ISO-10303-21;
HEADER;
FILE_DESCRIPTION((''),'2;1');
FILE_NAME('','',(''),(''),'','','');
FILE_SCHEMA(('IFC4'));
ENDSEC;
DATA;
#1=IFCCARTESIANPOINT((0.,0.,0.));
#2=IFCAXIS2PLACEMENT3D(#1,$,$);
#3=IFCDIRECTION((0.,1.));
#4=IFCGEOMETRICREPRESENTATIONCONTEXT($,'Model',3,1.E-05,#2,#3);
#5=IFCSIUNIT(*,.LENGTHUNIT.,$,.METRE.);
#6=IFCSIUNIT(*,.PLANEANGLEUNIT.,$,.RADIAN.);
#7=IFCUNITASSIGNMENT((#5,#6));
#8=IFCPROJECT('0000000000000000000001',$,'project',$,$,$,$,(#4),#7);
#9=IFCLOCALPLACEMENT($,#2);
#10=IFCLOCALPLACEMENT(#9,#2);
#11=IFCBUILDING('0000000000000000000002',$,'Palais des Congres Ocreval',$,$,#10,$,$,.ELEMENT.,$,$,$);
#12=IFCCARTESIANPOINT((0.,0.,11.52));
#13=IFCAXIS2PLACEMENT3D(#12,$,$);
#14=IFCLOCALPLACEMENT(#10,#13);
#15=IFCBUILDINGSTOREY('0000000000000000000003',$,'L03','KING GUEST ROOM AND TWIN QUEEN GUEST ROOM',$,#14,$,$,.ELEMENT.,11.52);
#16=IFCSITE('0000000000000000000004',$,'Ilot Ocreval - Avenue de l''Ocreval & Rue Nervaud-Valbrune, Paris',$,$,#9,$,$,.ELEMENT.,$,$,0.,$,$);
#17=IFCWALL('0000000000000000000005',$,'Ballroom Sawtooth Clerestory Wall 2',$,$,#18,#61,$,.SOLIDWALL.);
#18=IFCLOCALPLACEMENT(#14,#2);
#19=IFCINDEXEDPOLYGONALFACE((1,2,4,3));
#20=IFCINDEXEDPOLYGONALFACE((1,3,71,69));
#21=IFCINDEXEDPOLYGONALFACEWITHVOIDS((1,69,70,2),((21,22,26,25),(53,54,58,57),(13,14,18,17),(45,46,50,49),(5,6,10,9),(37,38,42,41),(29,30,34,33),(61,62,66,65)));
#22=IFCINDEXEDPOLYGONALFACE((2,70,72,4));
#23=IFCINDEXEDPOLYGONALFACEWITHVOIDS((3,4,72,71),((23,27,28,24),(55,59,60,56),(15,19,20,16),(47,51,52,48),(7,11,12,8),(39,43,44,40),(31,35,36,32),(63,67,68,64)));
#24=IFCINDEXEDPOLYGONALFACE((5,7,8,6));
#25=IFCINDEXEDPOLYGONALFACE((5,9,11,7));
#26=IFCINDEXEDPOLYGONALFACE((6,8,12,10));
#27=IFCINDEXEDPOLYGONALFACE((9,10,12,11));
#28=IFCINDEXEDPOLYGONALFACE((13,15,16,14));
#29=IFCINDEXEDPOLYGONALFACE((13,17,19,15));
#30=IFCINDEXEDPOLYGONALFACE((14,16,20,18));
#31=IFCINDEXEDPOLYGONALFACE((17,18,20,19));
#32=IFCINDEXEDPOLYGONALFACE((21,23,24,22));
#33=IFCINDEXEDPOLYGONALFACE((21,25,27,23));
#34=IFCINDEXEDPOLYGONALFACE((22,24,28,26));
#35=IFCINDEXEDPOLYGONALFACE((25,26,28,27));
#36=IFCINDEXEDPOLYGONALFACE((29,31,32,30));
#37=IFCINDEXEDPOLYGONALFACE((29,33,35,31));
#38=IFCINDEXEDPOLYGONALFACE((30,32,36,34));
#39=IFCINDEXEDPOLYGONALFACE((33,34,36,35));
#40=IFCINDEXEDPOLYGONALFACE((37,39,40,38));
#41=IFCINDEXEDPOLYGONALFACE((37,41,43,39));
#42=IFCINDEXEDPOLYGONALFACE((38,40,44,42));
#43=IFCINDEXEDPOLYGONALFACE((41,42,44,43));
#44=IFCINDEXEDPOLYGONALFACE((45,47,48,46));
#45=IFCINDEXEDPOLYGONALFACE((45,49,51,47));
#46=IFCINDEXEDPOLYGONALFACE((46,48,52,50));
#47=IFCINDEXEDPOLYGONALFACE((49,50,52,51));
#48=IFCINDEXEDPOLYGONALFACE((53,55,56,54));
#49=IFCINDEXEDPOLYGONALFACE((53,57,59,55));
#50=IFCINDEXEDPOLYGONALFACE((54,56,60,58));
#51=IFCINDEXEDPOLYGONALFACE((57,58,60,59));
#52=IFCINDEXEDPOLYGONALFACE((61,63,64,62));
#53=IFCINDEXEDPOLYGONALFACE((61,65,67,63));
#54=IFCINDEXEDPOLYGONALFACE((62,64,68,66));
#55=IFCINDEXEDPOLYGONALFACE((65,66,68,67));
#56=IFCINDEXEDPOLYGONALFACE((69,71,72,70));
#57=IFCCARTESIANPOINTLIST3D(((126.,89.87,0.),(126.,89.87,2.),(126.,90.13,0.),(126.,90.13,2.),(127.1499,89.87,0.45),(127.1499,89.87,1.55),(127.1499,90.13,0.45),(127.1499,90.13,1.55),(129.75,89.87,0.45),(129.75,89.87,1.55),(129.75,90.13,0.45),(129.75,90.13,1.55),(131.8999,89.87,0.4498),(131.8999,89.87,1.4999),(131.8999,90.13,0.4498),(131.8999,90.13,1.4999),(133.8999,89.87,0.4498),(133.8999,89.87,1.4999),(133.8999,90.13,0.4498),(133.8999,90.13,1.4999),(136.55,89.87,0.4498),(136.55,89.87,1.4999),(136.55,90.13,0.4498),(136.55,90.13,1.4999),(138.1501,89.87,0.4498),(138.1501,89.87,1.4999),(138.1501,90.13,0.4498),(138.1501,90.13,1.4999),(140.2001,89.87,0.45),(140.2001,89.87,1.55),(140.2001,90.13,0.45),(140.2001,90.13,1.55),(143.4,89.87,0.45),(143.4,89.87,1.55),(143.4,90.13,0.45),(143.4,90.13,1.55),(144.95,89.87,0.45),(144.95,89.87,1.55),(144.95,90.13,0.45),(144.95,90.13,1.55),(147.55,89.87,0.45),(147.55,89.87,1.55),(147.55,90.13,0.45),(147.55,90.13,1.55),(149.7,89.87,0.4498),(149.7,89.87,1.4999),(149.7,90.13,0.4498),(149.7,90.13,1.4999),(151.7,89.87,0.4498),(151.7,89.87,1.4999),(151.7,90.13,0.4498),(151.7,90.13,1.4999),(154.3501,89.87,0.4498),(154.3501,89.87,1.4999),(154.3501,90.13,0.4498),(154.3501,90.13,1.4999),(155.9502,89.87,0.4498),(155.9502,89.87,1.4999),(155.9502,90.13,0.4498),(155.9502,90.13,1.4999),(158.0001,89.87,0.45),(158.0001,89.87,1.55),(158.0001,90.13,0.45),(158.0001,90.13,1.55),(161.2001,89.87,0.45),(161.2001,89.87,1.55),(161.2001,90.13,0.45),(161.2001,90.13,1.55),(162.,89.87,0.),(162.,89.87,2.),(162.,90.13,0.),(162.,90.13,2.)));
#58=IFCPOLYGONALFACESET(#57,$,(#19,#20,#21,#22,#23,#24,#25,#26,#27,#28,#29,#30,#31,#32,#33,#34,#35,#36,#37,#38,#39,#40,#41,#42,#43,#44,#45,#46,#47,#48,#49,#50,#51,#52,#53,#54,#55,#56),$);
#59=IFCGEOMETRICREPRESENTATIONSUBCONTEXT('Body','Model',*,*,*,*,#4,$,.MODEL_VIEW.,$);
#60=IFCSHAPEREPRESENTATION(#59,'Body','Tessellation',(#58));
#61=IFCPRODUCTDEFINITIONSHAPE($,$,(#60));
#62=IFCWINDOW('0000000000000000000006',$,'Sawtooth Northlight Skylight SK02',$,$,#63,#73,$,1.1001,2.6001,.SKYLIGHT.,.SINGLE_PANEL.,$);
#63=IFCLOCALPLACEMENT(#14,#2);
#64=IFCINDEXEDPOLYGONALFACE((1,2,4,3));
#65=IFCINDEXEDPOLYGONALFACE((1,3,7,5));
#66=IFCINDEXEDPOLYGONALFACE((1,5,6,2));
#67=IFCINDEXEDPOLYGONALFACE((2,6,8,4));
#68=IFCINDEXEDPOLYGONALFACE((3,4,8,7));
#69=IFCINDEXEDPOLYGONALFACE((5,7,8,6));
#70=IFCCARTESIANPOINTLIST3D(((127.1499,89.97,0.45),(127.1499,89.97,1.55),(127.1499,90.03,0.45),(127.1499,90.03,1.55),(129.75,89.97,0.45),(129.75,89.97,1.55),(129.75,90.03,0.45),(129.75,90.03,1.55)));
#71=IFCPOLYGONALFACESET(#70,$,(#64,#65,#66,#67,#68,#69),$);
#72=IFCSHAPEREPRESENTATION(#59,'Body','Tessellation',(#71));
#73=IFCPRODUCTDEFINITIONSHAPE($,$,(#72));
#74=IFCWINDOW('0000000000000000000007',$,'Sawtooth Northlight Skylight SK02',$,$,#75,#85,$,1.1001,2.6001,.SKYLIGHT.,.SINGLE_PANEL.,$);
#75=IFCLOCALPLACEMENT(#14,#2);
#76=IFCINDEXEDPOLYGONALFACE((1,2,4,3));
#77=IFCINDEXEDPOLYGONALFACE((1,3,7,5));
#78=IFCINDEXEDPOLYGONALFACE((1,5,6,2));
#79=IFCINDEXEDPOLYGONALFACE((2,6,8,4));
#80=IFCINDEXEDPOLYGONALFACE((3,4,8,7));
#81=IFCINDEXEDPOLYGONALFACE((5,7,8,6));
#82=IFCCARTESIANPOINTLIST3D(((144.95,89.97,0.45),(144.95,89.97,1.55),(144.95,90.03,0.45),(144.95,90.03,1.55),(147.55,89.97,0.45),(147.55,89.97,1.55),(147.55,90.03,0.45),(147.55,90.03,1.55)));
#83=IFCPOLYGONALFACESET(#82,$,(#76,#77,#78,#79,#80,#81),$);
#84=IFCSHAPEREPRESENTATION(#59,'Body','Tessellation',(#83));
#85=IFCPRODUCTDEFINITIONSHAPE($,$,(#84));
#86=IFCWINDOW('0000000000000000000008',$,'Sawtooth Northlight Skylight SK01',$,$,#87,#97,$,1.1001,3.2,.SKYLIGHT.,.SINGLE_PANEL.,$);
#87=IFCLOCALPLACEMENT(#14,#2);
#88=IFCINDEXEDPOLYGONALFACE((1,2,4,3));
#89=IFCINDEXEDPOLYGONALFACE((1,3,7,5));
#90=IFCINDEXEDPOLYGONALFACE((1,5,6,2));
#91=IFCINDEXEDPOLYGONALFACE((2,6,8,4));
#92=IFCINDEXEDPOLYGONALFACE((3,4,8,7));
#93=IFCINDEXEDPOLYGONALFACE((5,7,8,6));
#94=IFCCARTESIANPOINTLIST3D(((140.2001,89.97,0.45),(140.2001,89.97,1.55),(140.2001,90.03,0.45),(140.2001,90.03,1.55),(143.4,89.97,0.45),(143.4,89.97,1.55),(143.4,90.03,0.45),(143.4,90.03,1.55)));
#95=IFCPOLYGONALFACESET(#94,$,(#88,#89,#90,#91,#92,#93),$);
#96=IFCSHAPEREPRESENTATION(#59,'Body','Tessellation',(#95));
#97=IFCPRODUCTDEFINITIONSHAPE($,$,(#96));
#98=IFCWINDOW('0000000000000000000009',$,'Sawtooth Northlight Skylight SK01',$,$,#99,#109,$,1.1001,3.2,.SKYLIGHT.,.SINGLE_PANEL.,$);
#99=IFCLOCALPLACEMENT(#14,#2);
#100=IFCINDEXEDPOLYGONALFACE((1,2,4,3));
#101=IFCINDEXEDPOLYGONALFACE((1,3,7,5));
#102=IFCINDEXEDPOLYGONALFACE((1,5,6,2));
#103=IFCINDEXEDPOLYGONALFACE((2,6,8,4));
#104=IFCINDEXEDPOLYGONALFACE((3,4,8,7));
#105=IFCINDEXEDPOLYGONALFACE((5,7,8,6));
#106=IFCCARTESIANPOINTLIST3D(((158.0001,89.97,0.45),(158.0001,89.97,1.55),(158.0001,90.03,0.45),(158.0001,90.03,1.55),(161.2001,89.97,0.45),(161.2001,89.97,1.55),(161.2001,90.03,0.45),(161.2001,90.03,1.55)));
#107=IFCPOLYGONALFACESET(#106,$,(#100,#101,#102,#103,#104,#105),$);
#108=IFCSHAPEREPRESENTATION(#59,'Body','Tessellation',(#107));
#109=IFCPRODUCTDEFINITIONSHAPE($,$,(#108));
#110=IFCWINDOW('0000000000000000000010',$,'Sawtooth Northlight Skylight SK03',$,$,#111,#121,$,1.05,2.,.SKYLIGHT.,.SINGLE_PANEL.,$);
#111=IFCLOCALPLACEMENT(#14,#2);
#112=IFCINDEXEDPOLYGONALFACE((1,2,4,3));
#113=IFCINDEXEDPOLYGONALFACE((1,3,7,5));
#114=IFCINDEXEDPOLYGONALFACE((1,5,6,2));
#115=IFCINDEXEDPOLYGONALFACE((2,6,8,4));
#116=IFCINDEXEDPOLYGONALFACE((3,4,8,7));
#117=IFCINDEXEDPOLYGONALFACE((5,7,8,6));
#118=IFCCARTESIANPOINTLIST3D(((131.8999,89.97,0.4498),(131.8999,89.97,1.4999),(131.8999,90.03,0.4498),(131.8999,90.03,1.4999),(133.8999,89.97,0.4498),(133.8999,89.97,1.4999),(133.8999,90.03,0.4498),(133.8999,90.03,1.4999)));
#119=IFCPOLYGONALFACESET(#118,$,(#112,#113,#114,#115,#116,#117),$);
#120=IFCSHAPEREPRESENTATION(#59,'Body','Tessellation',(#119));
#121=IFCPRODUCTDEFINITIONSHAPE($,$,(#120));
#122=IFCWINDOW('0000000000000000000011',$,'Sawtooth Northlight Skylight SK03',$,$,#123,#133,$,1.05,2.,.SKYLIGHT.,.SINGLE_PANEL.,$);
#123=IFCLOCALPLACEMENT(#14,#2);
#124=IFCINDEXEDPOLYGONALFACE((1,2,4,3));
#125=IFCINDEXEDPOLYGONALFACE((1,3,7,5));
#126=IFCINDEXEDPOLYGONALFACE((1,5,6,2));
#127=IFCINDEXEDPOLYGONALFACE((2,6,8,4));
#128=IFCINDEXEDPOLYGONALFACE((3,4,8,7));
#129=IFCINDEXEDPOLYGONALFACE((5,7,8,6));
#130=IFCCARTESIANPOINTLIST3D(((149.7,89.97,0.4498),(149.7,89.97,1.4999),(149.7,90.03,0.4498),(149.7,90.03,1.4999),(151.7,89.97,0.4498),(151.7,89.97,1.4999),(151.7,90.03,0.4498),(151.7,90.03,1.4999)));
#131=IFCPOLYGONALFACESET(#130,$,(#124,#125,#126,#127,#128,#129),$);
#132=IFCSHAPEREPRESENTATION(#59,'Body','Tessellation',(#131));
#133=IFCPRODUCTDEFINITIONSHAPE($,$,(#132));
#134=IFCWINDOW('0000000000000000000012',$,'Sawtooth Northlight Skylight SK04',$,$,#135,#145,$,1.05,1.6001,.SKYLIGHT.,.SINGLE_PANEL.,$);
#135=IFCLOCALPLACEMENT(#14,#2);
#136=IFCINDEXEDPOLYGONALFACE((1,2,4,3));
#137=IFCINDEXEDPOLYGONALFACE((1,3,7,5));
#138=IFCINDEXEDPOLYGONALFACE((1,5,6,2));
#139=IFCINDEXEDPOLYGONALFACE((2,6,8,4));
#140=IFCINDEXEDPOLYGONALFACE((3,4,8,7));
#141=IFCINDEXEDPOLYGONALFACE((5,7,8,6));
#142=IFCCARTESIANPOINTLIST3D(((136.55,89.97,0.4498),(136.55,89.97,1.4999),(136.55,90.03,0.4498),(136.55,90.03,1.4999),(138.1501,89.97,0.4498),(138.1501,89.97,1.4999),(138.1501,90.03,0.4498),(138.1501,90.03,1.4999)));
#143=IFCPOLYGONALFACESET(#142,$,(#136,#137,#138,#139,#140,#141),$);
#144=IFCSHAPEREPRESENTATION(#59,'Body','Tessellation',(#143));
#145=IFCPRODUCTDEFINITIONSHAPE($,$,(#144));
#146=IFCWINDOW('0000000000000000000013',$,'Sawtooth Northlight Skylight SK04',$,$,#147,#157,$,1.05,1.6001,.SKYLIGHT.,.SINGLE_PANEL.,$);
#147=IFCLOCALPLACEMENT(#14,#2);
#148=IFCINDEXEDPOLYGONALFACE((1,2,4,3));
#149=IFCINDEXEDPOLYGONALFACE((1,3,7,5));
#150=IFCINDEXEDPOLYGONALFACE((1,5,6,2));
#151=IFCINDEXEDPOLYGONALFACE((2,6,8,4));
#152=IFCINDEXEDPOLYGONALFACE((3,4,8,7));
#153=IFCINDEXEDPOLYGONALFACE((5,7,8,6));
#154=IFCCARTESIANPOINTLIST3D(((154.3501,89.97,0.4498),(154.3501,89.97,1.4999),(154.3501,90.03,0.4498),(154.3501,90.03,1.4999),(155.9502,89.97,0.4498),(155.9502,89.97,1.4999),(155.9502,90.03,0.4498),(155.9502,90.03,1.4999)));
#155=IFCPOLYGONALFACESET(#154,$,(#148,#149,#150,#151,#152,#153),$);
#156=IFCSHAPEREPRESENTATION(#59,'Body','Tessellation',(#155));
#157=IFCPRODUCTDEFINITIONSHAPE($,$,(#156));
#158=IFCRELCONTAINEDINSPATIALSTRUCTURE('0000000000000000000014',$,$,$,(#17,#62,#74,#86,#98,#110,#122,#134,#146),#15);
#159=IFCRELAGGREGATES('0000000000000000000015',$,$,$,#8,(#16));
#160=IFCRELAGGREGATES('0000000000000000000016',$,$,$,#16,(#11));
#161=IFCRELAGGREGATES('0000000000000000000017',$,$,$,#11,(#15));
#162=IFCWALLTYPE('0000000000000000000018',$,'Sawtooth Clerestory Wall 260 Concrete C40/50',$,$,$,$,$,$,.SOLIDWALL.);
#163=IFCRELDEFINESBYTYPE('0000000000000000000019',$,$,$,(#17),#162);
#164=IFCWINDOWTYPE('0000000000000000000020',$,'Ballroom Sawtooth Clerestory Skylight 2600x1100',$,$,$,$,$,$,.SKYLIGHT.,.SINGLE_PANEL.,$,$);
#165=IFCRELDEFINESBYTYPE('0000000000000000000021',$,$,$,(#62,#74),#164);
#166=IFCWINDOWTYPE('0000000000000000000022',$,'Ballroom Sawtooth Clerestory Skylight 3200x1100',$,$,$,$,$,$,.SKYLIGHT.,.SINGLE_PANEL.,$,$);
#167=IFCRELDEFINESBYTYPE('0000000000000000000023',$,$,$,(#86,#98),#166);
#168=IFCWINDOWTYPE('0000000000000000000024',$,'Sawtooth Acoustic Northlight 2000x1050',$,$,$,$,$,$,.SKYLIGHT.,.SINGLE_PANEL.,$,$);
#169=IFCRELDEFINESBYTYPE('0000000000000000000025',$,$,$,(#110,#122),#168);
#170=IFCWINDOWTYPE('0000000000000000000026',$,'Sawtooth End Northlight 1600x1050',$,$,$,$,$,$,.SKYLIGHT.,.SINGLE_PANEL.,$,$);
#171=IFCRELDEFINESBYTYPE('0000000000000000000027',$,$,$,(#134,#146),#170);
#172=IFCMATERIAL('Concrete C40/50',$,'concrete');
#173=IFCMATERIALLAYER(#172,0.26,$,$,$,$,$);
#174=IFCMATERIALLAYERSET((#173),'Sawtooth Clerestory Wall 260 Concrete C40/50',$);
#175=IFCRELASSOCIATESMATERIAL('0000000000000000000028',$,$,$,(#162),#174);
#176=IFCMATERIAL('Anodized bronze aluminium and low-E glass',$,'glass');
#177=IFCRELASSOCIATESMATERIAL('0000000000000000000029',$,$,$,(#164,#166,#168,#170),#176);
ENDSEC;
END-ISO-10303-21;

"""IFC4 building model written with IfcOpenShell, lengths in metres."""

from ifc_helpers import new_model, si_unit, direction, frame, frame_2d, origin, place, context, subcontext, project, spatial, rectangle, extrude, material, layer, layer_set, type_object, element, fill, save


model = new_model("IFC4")

# Units and contexts
model_context = context("Model", 3, precision=1e-05, world=origin(), true_north=direction((0.0, 1.0)))
body_context = subcontext(model_context, "Body", "Model", "MODEL_VIEW")
ifc_project = project(units=[si_unit("LENGTHUNIT", "METRE"), si_unit("PLANEANGLEUNIT", "RADIAN")], contexts=[model_context])

# Site, building, storey
site_placement = place(None, origin())
site = spatial("IfcSite", under=ifc_project, at=site_placement, Name="Ilot Ocreval - Avenue de l'Ocreval & Rue Nervaud-Valbrune, Paris", CompositionType="ELEMENT", RefElevation=0.0)
building_placement = place(site_placement, origin())
building = spatial("IfcBuilding", under=site, at=building_placement, Name="Palais des Congres Ocreval", CompositionType="ELEMENT")
storey_placement = place(building_placement, frame((0.0, 0.0, 11.52)))
storey = spatial("IfcBuildingStorey", under=building, at=storey_placement, Name="L03", Description="KING GUEST ROOM AND TWIN QUEEN GUEST ROOM", CompositionType="ELEMENT", Elevation=11.52)

# Shared definitions
ifc_material_1 = material(Name="Concrete C40/50", Category="concrete")

# Wall, openings, windows
ifc_layer_1 = layer(ifc_material_1, 0.26)
ifc_layer_set_1 = layer_set([ifc_layer_1], Name="Sawtooth Clerestory Wall 260 Concrete C40/50")
wall_type = type_object("IfcWallType", Name="Sawtooth Clerestory Wall 260 Concrete C40/50", PredefinedType="SOLIDWALL", material=ifc_layer_set_1)
wall_1_placement = place(storey_placement, frame((126.0, 90.0, 0.0), z_axis=(0.0, 0.0, 1.0), x_axis=(1.0, 0.0, 0.0)))
wall_1 = element("IfcWall", 1, at=wall_1_placement, inside=storey, type_object=wall_type, Name="Ballroom Sawtooth Clerestory Wall 2", PredefinedType="SOLIDWALL", context=body_context, shape_type="SweptSolid", body=[
    extrude(rectangle(XDim=36.0, YDim=0.26, at=frame_2d((18.0, 0.0))), origin(), (0.0, 0.0, 1.0), 2.0),
])
opening_1_placement = place(wall_1_placement, frame((1.1499, 0.0, 0.45)))
opening_1 = element("IfcOpeningElement", 2, at=opening_1_placement, cuts=wall_1, PredefinedType="OPENING", context=body_context, shape_type="SweptSolid", body=[
    extrude(rectangle(XDim=2.6001, YDim=1.1001, at=frame_2d((1.3, 0.55))), frame((0.0, 0.1399, 0.0), z_axis=(0.0, -1.0, 0.0), x_axis=(1.0, 0.0, 0.0)), (0.0, 0.0, 1.0), 0.28),
])
opening_2_placement = place(wall_1_placement, frame((5.8999, 0.0, 0.45)))
opening_2 = element("IfcOpeningElement", 3, at=opening_2_placement, cuts=wall_1, PredefinedType="OPENING", context=body_context, shape_type="SweptSolid", body=[
    extrude(rectangle(XDim=2.0, YDim=1.05, at=frame_2d((1.0, 0.5249))), frame((0.0, 0.1399, 0.0), z_axis=(0.0, -1.0, 0.0), x_axis=(1.0, 0.0, 0.0)), (0.0, 0.0, 1.0), 0.28),
])
opening_3_placement = place(wall_1_placement, frame((10.55, 0.0, 0.45)))
opening_3 = element("IfcOpeningElement", 4, at=opening_3_placement, cuts=wall_1, PredefinedType="OPENING", context=body_context, shape_type="SweptSolid", body=[
    extrude(rectangle(XDim=1.6001, YDim=1.05, at=frame_2d((0.8, 0.5249))), frame((0.0, 0.1399, 0.0), z_axis=(0.0, -1.0, 0.0), x_axis=(1.0, 0.0, 0.0)), (0.0, 0.0, 1.0), 0.28),
])
opening_4_placement = place(wall_1_placement, frame((14.2, 0.0, 0.45)))
opening_4 = element("IfcOpeningElement", 5, at=opening_4_placement, cuts=wall_1, PredefinedType="OPENING", context=body_context, shape_type="SweptSolid", body=[
    extrude(rectangle(XDim=3.2, YDim=1.1001, at=frame_2d((1.6001, 0.55))), frame((0.0, 0.1399, 0.0), z_axis=(0.0, -1.0, 0.0), x_axis=(1.0, 0.0, 0.0)), (0.0, 0.0, 1.0), 0.28),
])
opening_5_placement = place(wall_1_placement, frame((18.95, 0.0, 0.45)))
opening_5 = element("IfcOpeningElement", 6, at=opening_5_placement, cuts=wall_1, PredefinedType="OPENING", context=body_context, shape_type="SweptSolid", body=[
    extrude(rectangle(XDim=2.6001, YDim=1.1001, at=frame_2d((1.3, 0.55))), frame((0.0, 0.1399, 0.0), z_axis=(0.0, -1.0, 0.0), x_axis=(1.0, 0.0, 0.0)), (0.0, 0.0, 1.0), 0.28),
])
opening_6_placement = place(wall_1_placement, frame((23.7, 0.0, 0.45)))
opening_6 = element("IfcOpeningElement", 7, at=opening_6_placement, cuts=wall_1, PredefinedType="OPENING", context=body_context, shape_type="SweptSolid", body=[
    extrude(rectangle(XDim=2.0, YDim=1.05, at=frame_2d((1.0, 0.5249))), frame((0.0, 0.1399, 0.0), z_axis=(0.0, -1.0, 0.0), x_axis=(1.0, 0.0, 0.0)), (0.0, 0.0, 1.0), 0.28),
])
opening_7_placement = place(wall_1_placement, frame((28.3501, 0.0, 0.45)))
opening_7 = element("IfcOpeningElement", 8, at=opening_7_placement, cuts=wall_1, PredefinedType="OPENING", context=body_context, shape_type="SweptSolid", body=[
    extrude(rectangle(XDim=1.6001, YDim=1.05, at=frame_2d((0.8, 0.5249))), frame((0.0, 0.1399, 0.0), z_axis=(0.0, -1.0, 0.0), x_axis=(1.0, 0.0, 0.0)), (0.0, 0.0, 1.0), 0.28),
])
opening_8_placement = place(wall_1_placement, frame((32.0, 0.0, 0.45)))
opening_8 = element("IfcOpeningElement", 9, at=opening_8_placement, cuts=wall_1, PredefinedType="OPENING", context=body_context, shape_type="SweptSolid", body=[
    extrude(rectangle(XDim=3.2, YDim=1.1001, at=frame_2d((1.6001, 0.55))), frame((0.0, 0.1399, 0.0), z_axis=(0.0, -1.0, 0.0), x_axis=(1.0, 0.0, 0.0)), (0.0, 0.0, 1.0), 0.28),
])
ifc_material_2 = material(Name="Anodized bronze aluminium and low-E glass", Category="glass")
window_type_1 = type_object("IfcWindowType", Name="Ballroom Sawtooth Clerestory Skylight 2600x1100", PartitioningType="SINGLE_PANEL", PredefinedType="SKYLIGHT", material=ifc_material_2)
window_1_placement = place(opening_1_placement, origin())
window_1 = element("IfcWindow", 10, at=window_1_placement, inside=storey, type_object=window_type_1, Name="Sawtooth Northlight Skylight SK02", OverallHeight=1.1001, OverallWidth=2.6001, PartitioningType="SINGLE_PANEL", PredefinedType="SKYLIGHT", context=body_context, shape_type="SweptSolid", body=[
    extrude(rectangle(XDim=2.6001, YDim=1.1001, at=frame_2d((1.3, 0.55))), frame((0.0, 0.03, 0.0), z_axis=(0.0, -1.0, 0.0), x_axis=(1.0, 0.0, 0.0)), (0.0, 0.0, 1.0), 0.0601),
])
fill(opening_1, window_1)
window_2_placement = place(opening_5_placement, origin())
window_2 = element("IfcWindow", 11, at=window_2_placement, inside=storey, type_object=window_type_1, Name="Sawtooth Northlight Skylight SK02", OverallHeight=1.1001, OverallWidth=2.6001, PartitioningType="SINGLE_PANEL", PredefinedType="SKYLIGHT", context=body_context, shape_type="SweptSolid", body=[
    extrude(rectangle(XDim=2.6001, YDim=1.1001, at=frame_2d((1.3, 0.55))), frame((0.0, 0.03, 0.0), z_axis=(0.0, -1.0, 0.0), x_axis=(1.0, 0.0, 0.0)), (0.0, 0.0, 1.0), 0.0601),
])
fill(opening_5, window_2)
window_type_2 = type_object("IfcWindowType", Name="Ballroom Sawtooth Clerestory Skylight 3200x1100", PartitioningType="SINGLE_PANEL", PredefinedType="SKYLIGHT", material=ifc_material_2)
window_3_placement = place(opening_4_placement, origin())
window_3 = element("IfcWindow", 12, at=window_3_placement, inside=storey, type_object=window_type_2, Name="Sawtooth Northlight Skylight SK01", OverallHeight=1.1001, OverallWidth=3.2, PartitioningType="SINGLE_PANEL", PredefinedType="SKYLIGHT", context=body_context, shape_type="SweptSolid", body=[
    extrude(rectangle(XDim=3.2, YDim=1.1001, at=frame_2d((1.6001, 0.55))), frame((0.0, 0.03, 0.0), z_axis=(0.0, -1.0, 0.0), x_axis=(1.0, 0.0, 0.0)), (0.0, 0.0, 1.0), 0.0601),
])
fill(opening_4, window_3)
window_4_placement = place(opening_8_placement, origin())
window_4 = element("IfcWindow", 13, at=window_4_placement, inside=storey, type_object=window_type_2, Name="Sawtooth Northlight Skylight SK01", OverallHeight=1.1001, OverallWidth=3.2, PartitioningType="SINGLE_PANEL", PredefinedType="SKYLIGHT", context=body_context, shape_type="SweptSolid", body=[
    extrude(rectangle(XDim=3.2, YDim=1.1001, at=frame_2d((1.6001, 0.55))), frame((0.0, 0.03, 0.0), z_axis=(0.0, -1.0, 0.0), x_axis=(1.0, 0.0, 0.0)), (0.0, 0.0, 1.0), 0.0601),
])
fill(opening_8, window_4)
window_type_3 = type_object("IfcWindowType", Name="Sawtooth Acoustic Northlight 2000x1050", PartitioningType="SINGLE_PANEL", PredefinedType="SKYLIGHT", material=ifc_material_2)
window_5_placement = place(opening_2_placement, origin())
window_5 = element("IfcWindow", 14, at=window_5_placement, inside=storey, type_object=window_type_3, Name="Sawtooth Northlight Skylight SK03", OverallHeight=1.05, OverallWidth=2.0, PartitioningType="SINGLE_PANEL", PredefinedType="SKYLIGHT", context=body_context, shape_type="SweptSolid", body=[
    extrude(rectangle(XDim=2.0, YDim=1.05, at=frame_2d((1.0, 0.5249))), frame((0.0, 0.03, 0.0), z_axis=(0.0, -1.0, 0.0), x_axis=(1.0, 0.0, 0.0)), (0.0, 0.0, 1.0), 0.0601),
])
fill(opening_2, window_5)
window_6_placement = place(opening_6_placement, origin())
window_6 = element("IfcWindow", 15, at=window_6_placement, inside=storey, type_object=window_type_3, Name="Sawtooth Northlight Skylight SK03", OverallHeight=1.05, OverallWidth=2.0, PartitioningType="SINGLE_PANEL", PredefinedType="SKYLIGHT", context=body_context, shape_type="SweptSolid", body=[
    extrude(rectangle(XDim=2.0, YDim=1.05, at=frame_2d((1.0, 0.5249))), frame((0.0, 0.03, 0.0), z_axis=(0.0, -1.0, 0.0), x_axis=(1.0, 0.0, 0.0)), (0.0, 0.0, 1.0), 0.0601),
])
fill(opening_6, window_6)
window_type_4 = type_object("IfcWindowType", Name="Sawtooth End Northlight 1600x1050", PartitioningType="SINGLE_PANEL", PredefinedType="SKYLIGHT", material=ifc_material_2)
window_7_placement = place(opening_3_placement, origin())
window_7 = element("IfcWindow", 16, at=window_7_placement, inside=storey, type_object=window_type_4, Name="Sawtooth Northlight Skylight SK04", OverallHeight=1.05, OverallWidth=1.6001, PartitioningType="SINGLE_PANEL", PredefinedType="SKYLIGHT", context=body_context, shape_type="SweptSolid", body=[
    extrude(rectangle(XDim=1.6001, YDim=1.05, at=frame_2d((0.8, 0.5249))), frame((0.0, 0.03, 0.0), z_axis=(0.0, -1.0, 0.0), x_axis=(1.0, 0.0, 0.0)), (0.0, 0.0, 1.0), 0.0601),
])
fill(opening_3, window_7)
window_8_placement = place(opening_7_placement, origin())
window_8 = element("IfcWindow", 17, at=window_8_placement, inside=storey, type_object=window_type_4, Name="Sawtooth Northlight Skylight SK04", OverallHeight=1.05, OverallWidth=1.6001, PartitioningType="SINGLE_PANEL", PredefinedType="SKYLIGHT", context=body_context, shape_type="SweptSolid", body=[
    extrude(rectangle(XDim=1.6001, YDim=1.05, at=frame_2d((0.8, 0.5249))), frame((0.0, 0.03, 0.0), z_axis=(0.0, -1.0, 0.0), x_axis=(1.0, 0.0, 0.0)), (0.0, 0.0, 1.0), 0.0601),
])
fill(opening_7, window_8)

save(model, "model.ifc")
